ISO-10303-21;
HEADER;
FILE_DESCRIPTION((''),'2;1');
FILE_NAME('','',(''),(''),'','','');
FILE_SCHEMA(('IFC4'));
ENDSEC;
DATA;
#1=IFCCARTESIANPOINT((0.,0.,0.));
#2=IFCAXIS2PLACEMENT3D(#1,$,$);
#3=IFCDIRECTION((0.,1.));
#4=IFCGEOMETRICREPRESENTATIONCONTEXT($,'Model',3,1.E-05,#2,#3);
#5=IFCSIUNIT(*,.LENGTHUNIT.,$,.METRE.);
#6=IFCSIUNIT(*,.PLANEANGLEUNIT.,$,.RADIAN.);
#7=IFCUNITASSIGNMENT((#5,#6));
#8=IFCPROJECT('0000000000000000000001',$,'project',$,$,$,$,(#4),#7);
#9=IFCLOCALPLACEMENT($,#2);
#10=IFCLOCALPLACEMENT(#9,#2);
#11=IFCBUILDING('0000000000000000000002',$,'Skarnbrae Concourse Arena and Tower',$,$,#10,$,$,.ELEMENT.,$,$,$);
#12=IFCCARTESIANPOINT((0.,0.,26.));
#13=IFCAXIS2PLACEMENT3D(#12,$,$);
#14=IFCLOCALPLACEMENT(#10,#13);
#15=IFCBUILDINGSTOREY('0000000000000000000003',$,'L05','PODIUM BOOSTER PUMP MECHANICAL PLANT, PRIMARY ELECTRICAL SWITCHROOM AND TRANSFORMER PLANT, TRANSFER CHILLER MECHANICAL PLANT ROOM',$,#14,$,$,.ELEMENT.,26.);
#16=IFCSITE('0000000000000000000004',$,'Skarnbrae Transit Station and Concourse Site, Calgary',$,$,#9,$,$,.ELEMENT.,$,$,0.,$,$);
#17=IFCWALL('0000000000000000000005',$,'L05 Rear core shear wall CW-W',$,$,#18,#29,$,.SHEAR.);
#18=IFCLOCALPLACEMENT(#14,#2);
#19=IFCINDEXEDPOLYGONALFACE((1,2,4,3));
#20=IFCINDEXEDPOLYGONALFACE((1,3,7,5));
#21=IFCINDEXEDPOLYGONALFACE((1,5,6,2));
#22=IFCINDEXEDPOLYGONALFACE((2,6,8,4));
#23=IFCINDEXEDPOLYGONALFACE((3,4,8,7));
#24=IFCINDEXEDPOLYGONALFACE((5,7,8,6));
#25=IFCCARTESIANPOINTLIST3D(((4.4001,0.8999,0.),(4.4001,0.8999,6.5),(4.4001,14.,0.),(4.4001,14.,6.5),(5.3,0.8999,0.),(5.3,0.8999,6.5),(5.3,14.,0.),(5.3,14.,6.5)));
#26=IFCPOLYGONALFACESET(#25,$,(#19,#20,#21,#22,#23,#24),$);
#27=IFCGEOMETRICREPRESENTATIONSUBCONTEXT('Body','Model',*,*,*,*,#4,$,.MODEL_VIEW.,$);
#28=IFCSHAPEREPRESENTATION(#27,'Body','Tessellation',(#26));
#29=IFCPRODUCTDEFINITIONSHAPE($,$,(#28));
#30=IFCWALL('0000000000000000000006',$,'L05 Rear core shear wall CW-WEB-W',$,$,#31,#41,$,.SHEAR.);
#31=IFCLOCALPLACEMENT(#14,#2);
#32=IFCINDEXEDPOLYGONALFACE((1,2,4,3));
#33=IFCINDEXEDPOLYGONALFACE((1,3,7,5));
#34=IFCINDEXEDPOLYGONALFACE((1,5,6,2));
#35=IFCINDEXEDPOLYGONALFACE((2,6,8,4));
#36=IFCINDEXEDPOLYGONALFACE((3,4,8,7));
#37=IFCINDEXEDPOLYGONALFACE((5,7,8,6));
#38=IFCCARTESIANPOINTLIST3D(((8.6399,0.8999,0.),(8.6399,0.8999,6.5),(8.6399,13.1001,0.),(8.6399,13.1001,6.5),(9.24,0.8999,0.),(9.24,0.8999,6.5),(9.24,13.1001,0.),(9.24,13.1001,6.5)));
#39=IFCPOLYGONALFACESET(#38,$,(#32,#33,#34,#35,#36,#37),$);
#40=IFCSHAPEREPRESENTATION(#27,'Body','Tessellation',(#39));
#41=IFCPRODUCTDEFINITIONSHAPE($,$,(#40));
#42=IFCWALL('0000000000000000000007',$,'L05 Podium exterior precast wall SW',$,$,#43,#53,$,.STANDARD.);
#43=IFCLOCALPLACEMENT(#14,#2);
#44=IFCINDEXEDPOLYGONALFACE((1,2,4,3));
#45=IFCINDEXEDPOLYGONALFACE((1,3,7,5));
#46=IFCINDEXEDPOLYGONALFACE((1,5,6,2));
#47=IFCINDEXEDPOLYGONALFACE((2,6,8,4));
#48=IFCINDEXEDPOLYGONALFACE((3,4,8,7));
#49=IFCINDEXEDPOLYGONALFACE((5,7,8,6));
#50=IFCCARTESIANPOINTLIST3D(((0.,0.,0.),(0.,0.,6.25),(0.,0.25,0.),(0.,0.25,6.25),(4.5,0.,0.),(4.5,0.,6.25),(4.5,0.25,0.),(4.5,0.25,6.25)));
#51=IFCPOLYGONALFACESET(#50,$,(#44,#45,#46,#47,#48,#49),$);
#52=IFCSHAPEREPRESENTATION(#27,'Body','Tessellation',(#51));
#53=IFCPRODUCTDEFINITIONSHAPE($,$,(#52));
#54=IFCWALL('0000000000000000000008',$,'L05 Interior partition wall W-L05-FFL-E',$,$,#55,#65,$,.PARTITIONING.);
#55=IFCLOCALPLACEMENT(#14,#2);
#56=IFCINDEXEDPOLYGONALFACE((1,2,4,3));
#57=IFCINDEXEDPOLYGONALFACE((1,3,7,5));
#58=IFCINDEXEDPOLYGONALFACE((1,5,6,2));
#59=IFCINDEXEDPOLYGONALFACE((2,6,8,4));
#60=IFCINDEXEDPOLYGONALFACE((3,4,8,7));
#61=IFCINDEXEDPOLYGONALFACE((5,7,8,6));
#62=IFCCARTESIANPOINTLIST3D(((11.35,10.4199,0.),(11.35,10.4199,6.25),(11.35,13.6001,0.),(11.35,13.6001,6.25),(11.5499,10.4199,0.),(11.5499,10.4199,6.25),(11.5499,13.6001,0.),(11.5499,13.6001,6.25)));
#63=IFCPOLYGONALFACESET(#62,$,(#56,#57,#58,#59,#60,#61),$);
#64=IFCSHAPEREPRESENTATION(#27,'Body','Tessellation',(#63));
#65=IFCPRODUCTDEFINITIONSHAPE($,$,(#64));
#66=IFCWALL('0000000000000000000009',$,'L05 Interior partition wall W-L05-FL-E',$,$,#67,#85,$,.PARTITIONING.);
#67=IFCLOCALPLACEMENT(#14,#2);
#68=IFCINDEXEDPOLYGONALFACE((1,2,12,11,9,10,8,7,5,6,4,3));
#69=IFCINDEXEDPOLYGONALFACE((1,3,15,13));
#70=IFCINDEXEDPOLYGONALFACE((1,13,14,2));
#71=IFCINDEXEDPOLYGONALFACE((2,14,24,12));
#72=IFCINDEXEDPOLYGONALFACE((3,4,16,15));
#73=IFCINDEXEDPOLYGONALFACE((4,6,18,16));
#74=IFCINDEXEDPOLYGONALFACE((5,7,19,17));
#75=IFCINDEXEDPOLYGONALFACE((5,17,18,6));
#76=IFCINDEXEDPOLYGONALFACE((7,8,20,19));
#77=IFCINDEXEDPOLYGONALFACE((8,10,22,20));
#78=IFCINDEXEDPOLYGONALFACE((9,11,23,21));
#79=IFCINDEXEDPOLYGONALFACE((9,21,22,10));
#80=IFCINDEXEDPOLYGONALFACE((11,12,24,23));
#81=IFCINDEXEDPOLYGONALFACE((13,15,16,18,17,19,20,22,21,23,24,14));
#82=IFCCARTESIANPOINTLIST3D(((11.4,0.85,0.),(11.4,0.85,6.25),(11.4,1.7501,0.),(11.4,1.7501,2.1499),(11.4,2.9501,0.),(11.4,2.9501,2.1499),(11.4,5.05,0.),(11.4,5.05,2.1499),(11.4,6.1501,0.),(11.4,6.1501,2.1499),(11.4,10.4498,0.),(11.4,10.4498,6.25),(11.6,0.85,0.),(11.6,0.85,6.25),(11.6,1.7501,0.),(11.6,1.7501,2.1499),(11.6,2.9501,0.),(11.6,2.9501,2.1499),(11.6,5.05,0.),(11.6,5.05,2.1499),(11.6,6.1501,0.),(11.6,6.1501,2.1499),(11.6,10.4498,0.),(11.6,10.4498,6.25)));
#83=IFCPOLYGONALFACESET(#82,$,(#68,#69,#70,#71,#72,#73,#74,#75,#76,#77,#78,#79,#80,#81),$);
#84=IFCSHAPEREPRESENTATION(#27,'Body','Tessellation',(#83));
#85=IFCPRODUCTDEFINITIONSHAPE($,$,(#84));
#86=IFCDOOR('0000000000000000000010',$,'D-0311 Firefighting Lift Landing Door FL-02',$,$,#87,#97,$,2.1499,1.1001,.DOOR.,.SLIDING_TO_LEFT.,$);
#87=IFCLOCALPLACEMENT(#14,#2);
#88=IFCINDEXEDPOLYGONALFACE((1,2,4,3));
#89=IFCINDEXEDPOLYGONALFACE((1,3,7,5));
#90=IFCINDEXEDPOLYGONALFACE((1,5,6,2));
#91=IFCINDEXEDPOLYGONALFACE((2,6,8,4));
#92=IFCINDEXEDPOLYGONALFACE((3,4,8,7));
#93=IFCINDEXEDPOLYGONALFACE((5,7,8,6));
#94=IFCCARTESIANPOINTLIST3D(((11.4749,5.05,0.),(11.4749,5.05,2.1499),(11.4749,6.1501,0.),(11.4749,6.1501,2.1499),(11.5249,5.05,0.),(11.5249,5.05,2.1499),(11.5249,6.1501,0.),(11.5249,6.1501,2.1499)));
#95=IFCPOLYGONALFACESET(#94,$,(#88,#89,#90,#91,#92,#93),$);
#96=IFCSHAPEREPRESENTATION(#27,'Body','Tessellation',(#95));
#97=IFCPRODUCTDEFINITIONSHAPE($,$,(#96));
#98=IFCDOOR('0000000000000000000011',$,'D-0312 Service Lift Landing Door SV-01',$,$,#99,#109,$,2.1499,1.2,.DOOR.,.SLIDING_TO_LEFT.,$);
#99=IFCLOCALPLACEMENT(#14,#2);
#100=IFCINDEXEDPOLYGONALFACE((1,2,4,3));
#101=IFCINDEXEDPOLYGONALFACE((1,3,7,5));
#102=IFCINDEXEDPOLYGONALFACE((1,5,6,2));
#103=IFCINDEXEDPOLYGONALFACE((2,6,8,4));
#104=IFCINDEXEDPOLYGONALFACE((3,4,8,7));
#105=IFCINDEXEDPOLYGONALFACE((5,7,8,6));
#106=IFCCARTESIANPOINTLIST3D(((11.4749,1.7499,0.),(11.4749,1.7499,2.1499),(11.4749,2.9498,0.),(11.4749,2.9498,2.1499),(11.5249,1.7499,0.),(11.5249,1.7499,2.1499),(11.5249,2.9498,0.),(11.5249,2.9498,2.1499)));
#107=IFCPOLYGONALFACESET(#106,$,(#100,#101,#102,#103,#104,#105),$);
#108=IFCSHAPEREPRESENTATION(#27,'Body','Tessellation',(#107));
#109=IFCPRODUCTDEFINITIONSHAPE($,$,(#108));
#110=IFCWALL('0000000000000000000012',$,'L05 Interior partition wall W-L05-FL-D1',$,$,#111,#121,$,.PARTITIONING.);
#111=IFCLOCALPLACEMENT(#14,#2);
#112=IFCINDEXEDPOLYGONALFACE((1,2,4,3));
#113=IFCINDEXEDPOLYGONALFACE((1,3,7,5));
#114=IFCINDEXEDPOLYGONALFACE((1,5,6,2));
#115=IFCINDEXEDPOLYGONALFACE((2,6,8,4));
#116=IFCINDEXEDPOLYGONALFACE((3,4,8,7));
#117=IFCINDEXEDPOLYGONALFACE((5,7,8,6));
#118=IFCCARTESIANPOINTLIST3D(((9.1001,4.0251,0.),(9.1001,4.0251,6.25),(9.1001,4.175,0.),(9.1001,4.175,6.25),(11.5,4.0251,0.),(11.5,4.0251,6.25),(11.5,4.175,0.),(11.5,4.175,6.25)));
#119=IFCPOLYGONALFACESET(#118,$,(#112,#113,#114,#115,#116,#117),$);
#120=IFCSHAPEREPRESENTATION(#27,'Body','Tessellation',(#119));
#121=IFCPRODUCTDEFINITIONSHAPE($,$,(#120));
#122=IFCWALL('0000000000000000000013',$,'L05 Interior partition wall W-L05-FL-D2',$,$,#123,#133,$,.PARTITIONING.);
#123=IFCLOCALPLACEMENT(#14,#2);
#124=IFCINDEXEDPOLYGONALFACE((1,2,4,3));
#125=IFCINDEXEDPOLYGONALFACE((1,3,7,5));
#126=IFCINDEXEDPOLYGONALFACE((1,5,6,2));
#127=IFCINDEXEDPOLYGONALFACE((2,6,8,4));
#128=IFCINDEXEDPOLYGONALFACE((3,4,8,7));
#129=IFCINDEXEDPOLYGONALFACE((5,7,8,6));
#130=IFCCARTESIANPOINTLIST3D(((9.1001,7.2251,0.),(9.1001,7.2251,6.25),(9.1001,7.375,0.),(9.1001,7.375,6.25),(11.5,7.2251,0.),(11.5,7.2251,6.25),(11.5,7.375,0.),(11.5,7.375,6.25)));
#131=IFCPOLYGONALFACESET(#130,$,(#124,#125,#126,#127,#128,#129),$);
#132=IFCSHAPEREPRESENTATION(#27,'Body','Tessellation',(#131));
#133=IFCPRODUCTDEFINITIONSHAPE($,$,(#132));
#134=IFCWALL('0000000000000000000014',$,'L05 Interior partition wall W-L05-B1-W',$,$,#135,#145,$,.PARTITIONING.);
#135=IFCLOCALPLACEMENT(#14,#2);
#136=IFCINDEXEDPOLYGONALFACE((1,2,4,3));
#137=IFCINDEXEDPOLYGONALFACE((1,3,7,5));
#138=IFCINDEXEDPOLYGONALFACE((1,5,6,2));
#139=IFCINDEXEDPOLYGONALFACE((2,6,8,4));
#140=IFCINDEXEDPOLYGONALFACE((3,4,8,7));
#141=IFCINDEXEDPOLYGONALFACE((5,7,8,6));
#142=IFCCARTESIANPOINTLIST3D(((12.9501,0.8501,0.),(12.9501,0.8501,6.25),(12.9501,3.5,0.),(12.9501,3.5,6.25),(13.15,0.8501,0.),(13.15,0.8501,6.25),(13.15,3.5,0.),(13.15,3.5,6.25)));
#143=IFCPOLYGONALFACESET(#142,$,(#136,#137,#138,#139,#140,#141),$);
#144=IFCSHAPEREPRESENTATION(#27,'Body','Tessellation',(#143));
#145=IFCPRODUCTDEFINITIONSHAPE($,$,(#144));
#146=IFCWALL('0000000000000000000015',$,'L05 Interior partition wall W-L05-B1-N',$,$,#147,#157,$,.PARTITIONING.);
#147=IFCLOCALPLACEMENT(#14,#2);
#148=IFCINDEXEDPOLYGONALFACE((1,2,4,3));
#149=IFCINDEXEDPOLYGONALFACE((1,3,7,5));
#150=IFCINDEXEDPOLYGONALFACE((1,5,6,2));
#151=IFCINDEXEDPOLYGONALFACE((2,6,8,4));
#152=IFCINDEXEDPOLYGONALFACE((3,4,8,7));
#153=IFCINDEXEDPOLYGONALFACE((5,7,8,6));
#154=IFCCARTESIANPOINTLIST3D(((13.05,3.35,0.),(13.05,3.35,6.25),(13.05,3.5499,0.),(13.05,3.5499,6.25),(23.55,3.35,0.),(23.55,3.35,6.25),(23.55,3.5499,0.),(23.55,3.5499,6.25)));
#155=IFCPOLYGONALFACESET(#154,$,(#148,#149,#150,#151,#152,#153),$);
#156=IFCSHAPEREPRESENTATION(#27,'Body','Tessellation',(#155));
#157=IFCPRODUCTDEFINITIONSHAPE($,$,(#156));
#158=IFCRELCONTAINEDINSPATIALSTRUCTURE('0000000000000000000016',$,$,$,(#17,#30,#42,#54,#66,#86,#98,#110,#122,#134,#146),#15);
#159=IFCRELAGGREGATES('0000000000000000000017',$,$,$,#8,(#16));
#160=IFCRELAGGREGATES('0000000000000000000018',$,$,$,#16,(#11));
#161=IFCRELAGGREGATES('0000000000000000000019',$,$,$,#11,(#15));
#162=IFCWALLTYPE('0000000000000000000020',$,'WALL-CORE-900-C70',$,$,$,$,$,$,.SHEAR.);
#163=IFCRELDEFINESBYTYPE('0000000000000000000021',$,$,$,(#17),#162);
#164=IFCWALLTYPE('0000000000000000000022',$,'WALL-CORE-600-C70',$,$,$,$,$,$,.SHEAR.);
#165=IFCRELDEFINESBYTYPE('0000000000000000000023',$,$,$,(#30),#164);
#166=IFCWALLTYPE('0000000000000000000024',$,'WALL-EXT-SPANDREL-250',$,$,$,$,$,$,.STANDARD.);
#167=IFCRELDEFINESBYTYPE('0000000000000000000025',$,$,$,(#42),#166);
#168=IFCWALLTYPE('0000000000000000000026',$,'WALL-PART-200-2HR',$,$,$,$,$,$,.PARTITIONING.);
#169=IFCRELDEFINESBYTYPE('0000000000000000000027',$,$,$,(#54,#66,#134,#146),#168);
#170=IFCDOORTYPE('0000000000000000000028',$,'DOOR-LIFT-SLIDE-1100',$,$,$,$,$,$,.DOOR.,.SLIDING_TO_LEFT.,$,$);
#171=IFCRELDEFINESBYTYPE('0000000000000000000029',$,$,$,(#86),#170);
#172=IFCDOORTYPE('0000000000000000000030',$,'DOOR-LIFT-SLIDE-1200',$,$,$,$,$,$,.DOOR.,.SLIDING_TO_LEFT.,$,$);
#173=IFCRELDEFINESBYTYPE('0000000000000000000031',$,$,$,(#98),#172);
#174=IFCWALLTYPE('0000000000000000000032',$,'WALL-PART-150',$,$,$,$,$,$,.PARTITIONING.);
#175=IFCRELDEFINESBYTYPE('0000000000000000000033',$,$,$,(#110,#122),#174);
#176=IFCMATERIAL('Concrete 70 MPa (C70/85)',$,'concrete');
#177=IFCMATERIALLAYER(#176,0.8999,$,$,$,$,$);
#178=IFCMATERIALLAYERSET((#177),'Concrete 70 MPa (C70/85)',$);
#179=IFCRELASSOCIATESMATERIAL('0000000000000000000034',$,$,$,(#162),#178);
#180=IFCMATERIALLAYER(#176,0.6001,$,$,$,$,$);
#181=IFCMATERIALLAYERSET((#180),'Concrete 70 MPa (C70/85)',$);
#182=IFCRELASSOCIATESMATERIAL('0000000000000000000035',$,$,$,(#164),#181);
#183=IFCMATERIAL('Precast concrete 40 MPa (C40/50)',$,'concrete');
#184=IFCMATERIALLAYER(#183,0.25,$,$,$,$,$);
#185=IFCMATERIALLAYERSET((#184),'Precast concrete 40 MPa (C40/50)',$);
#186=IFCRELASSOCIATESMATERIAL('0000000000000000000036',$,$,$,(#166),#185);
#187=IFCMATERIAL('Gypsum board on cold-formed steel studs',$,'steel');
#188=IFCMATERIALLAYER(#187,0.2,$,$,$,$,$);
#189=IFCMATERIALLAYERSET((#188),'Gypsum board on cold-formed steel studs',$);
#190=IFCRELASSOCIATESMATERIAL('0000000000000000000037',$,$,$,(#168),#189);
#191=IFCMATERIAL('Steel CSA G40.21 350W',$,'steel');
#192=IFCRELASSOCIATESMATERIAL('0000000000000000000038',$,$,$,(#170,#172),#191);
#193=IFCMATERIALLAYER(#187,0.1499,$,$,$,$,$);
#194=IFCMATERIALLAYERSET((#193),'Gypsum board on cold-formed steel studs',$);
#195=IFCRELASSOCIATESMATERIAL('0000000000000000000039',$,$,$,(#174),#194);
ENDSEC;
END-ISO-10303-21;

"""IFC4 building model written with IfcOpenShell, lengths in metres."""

from ifc_helpers import new_model, si_unit, direction, frame, frame_2d, origin, place, context, subcontext, project, spatial, rectangle, extrude, source, transform, mapped, material, layer, layer_set, type_object, element, fill, save


model = new_model("IFC4")

# Units and contexts
model_context = context("Model", 3, precision=1e-05, world=origin(), true_north=direction((0.0, 1.0)))
body_context = subcontext(model_context, "Body", "Model", "MODEL_VIEW")
ifc_project = project(units=[si_unit("LENGTHUNIT", "METRE"), si_unit("PLANEANGLEUNIT", "RADIAN")], contexts=[model_context])

# Site, building, storey
site_placement = place(None, origin())
site = spatial("IfcSite", under=ifc_project, at=site_placement, Name="Skarnbrae Transit Station and Concourse Site, Calgary", CompositionType="ELEMENT", RefElevation=0.0)
building_placement = place(site_placement, origin())
building = spatial("IfcBuilding", under=site, at=building_placement, Name="Skarnbrae Concourse Arena and Tower", CompositionType="ELEMENT")
storey_placement = place(building_placement, frame((0.0, 0.0, 26.0)))
storey = spatial("IfcBuildingStorey", under=building, at=storey_placement, Name="L05", Description="PODIUM BOOSTER PUMP MECHANICAL PLANT, PRIMARY ELECTRICAL SWITCHROOM AND TRANSFORMER PLANT, TRANSFER CHILLER MECHANICAL PLANT ROOM", CompositionType="ELEMENT", Elevation=26.0)

# Shared definitions
ifc_material_1 = material(Name="Steel CSA G40.21 350W", Category="steel")

# Walls
ifc_material_2 = material(Name="Concrete 70 MPa (C70/85)", Category="concrete")
ifc_layer_1 = layer(ifc_material_2, 0.8999)
ifc_layer_set_1 = layer_set([ifc_layer_1], Name="Concrete 70 MPa (C70/85)")
wall_type_1 = type_object("IfcWallType", Name="WALL-CORE-900-C70", PredefinedType="SHEAR", material=ifc_layer_set_1)
shared_shape_1 = source(origin(), body_context, "Body", "SweptSolid", [
    extrude(rectangle(XDim=13.1001, YDim=0.8999, at=frame_2d((6.55, 0.0))), origin(), (0.0, 0.0, 1.0), 6.5),
])
wall_1_placement = place(storey_placement, frame((4.8501, 0.8999, 0.0), z_axis=(0.0, 0.0, 1.0), x_axis=(0.0, 1.0, 0.0)))
element("IfcWall", 1, at=wall_1_placement, inside=storey, type_object=wall_type_1, Name="L05 Rear core shear wall CW-W", PredefinedType="SHEAR", context=body_context, shape_type="MappedRepresentation", body=[
    mapped(shared_shape_1, transform((0.0, 0.0, 0.0))),
])
ifc_layer_2 = layer(ifc_material_2, 0.6001)
ifc_layer_set_2 = layer_set([ifc_layer_2], Name="Concrete 70 MPa (C70/85)")
wall_type_2 = type_object("IfcWallType", Name="WALL-CORE-600-C70", PredefinedType="SHEAR", material=ifc_layer_set_2)
shared_shape_2 = source(origin(), body_context, "Body", "SweptSolid", [
    extrude(rectangle(XDim=12.2002, YDim=0.6001, at=frame_2d((6.1001, 0.0))), origin(), (0.0, 0.0, 1.0), 6.5),
])
wall_2_placement = place(storey_placement, frame((8.9399, 0.8999, 0.0), z_axis=(0.0, 0.0, 1.0), x_axis=(0.0, 1.0, 0.0)))
element("IfcWall", 2, at=wall_2_placement, inside=storey, type_object=wall_type_2, Name="L05 Rear core shear wall CW-WEB-W", PredefinedType="SHEAR", context=body_context, shape_type="MappedRepresentation", body=[
    mapped(shared_shape_2, transform((0.0, 0.0, 0.0))),
])

# Shared definitions
shared_shape_3 = source(origin(), body_context, "Body", "SweptSolid", [
    extrude(rectangle(XDim=1.1001, YDim=2.1499, at=frame_2d((0.55, 1.075))), frame((0.0, 0.0249, 0.0), z_axis=(0.0, -1.0, 0.0), x_axis=(1.0, 0.0, 0.0)), (0.0, 0.0, 1.0), 0.05),
])

# Walls
ifc_material_3 = material(Name="Precast concrete 40 MPa (C40/50)", Category="concrete")
ifc_layer_3 = layer(ifc_material_3, 0.25)
ifc_layer_set_3 = layer_set([ifc_layer_3], Name="Precast concrete 40 MPa (C40/50)")
wall_type_3 = type_object("IfcWallType", Name="WALL-EXT-SPANDREL-250", PredefinedType="STANDARD", material=ifc_layer_set_3)
shared_shape_4 = source(origin(), body_context, "Body", "SweptSolid", [
    extrude(rectangle(XDim=4.5, YDim=0.25, at=frame_2d((2.25, 0.0))), origin(), (0.0, 0.0, 1.0), 6.25),
])
wall_3_placement = place(storey_placement, frame((0.0, 0.125, 0.0), z_axis=(0.0, 0.0, 1.0), x_axis=(1.0, 0.0, 0.0)))
element("IfcWall", 3, at=wall_3_placement, inside=storey, type_object=wall_type_3, Name="L05 Podium exterior precast wall SW", PredefinedType="STANDARD", context=body_context, shape_type="MappedRepresentation", body=[
    mapped(shared_shape_4, transform((0.0, 0.0, 0.0))),
])
ifc_material_4 = material(Name="Gypsum board on cold-formed steel studs", Category="steel")
ifc_layer_4 = layer(ifc_material_4, 0.2)
ifc_layer_set_4 = layer_set([ifc_layer_4], Name="Gypsum board on cold-formed steel studs")
wall_type_4 = type_object("IfcWallType", Name="WALL-PART-200-2HR", PredefinedType="PARTITIONING", material=ifc_layer_set_4)
shared_shape_5 = source(origin(), body_context, "Body", "SweptSolid", [
    extrude(rectangle(XDim=3.1802, YDim=0.2, at=frame_2d((1.5901, 0.0))), origin(), (0.0, 0.0, 1.0), 6.25),
])
wall_4_placement = place(storey_placement, frame((11.45, 10.4199, 0.0), z_axis=(0.0, 0.0, 1.0), x_axis=(0.0, 1.0, 0.0)))
element("IfcWall", 4, at=wall_4_placement, inside=storey, type_object=wall_type_4, Name="L05 Interior partition wall W-L05-FFL-E", PredefinedType="PARTITIONING", context=body_context, shape_type="MappedRepresentation", body=[
    mapped(shared_shape_5, transform((0.0, 0.0, 0.0))),
])

# Wall, openings, doors
shared_shape_6 = source(origin(), body_context, "Body", "SweptSolid", [
    extrude(rectangle(XDim=9.5999, YDim=0.2, at=frame_2d((4.7998, 0.0))), origin(), (0.0, 0.0, 1.0), 6.25),
])
wall_5_placement = place(storey_placement, frame((11.5, 0.8501, 0.0), z_axis=(0.0, 0.0, 1.0), x_axis=(0.0, 1.0, 0.0)))
wall_5 = element("IfcWall", 5, at=wall_5_placement, inside=storey, type_object=wall_type_4, Name="L05 Interior partition wall W-L05-FL-E", PredefinedType="PARTITIONING", context=body_context, shape_type="MappedRepresentation", body=[
    mapped(shared_shape_6, transform((0.0, 0.0, 0.0))),
])
opening_1_placement = place(wall_5_placement, frame((4.2, 0.0, 0.0)))
opening_1 = element("IfcOpeningElement", 6, at=opening_1_placement, cuts=wall_5, PredefinedType="OPENING", context=body_context, shape_type="SweptSolid", body=[
    extrude(rectangle(XDim=1.1001, YDim=2.1499, at=frame_2d((0.55, 1.075))), frame((0.0, 0.1099, 0.0), z_axis=(0.0, -1.0, 0.0), x_axis=(1.0, 0.0, 0.0)), (0.0, 0.0, 1.0), 0.22),
])
opening_2_placement = place(wall_5_placement, frame((0.8999, 0.0, 0.0)))
opening_2 = element("IfcOpeningElement", 7, at=opening_2_placement, cuts=wall_5, PredefinedType="OPENING", context=body_context, shape_type="SweptSolid", body=[
    extrude(rectangle(XDim=1.2, YDim=2.1499, at=frame_2d((0.6001, 1.075))), frame((0.0, 0.1099, 0.0), z_axis=(0.0, -1.0, 0.0), x_axis=(1.0, 0.0, 0.0)), (0.0, 0.0, 1.0), 0.22),
])
door_type_1 = type_object("IfcDoorType", Name="DOOR-LIFT-SLIDE-1100", OperationType="SLIDING_TO_LEFT", PredefinedType="DOOR", material=ifc_material_1)
door_1_placement = place(opening_1_placement, frame((1.1001, 0.0, 0.0), z_axis=(0.0, 0.0, 1.0), x_axis=(-1.0, 0.0, 0.0)))
door_1 = element("IfcDoor", 8, at=door_1_placement, inside=storey, type_object=door_type_1, Name="D-0311 Firefighting Lift Landing Door FL-02", OperationType="SLIDING_TO_LEFT", OverallHeight=2.1499, OverallWidth=1.1001, PredefinedType="DOOR", context=body_context, shape_type="MappedRepresentation", body=[
    mapped(shared_shape_3, transform((0.0, 0.0, 0.0))),
])
fill(opening_1, door_1)
door_type_2 = type_object("IfcDoorType", Name="DOOR-LIFT-SLIDE-1200", OperationType="SLIDING_TO_LEFT", PredefinedType="DOOR", material=ifc_material_1)
shared_shape_7 = source(origin(), body_context, "Body", "SweptSolid", [
    extrude(rectangle(XDim=1.2, YDim=2.1499, at=frame_2d((0.6001, 1.075))), frame((0.0, 0.0249, 0.0), z_axis=(0.0, -1.0, 0.0), x_axis=(1.0, 0.0, 0.0)), (0.0, 0.0, 1.0), 0.05),
])
door_2_placement = place(opening_2_placement, frame((1.2, 0.0, 0.0), z_axis=(0.0, 0.0, 1.0), x_axis=(-1.0, 0.0, 0.0)))
door_2 = element("IfcDoor", 9, at=door_2_placement, inside=storey, type_object=door_type_2, Name="D-0312 Service Lift Landing Door SV-01", OperationType="SLIDING_TO_LEFT", OverallHeight=2.1499, OverallWidth=1.2, PredefinedType="DOOR", context=body_context, shape_type="MappedRepresentation", body=[
    mapped(shared_shape_7, transform((0.0, 0.0, 0.0))),
])
fill(opening_2, door_2)

# Walls
ifc_layer_5 = layer(ifc_material_4, 0.1499)
ifc_layer_set_5 = layer_set([ifc_layer_5], Name="Gypsum board on cold-formed steel studs")
wall_type_5 = type_object("IfcWallType", Name="WALL-PART-150", PredefinedType="PARTITIONING", material=ifc_layer_set_5)
shared_shape_8 = source(origin(), body_context, "Body", "SweptSolid", [
    extrude(rectangle(XDim=2.3999, YDim=0.1499, at=frame_2d((1.2, 0.0))), origin(), (0.0, 0.0, 1.0), 6.25),
])
for number, where, z_axis, x_axis, name in (
    (10, (9.1001, 4.1001, 0.0), (0.0, 0.0, 1.0), (1.0, 0.0, 0.0), "L05 Interior partition wall W-L05-FL-D1"),
    (11, (9.1001, 7.3, 0.0), (0.0, 0.0, 1.0), (1.0, 0.0, 0.0), "L05 Interior partition wall W-L05-FL-D2"),
):
    element("IfcWall", number, at=place(storey_placement, frame(where, z_axis=z_axis, x_axis=x_axis)), inside=storey, type_object=wall_type_5, Name=name, PredefinedType="PARTITIONING", context=body_context, shape_type="MappedRepresentation", body=[
        mapped(shared_shape_8, transform((0.0, 0.0, 0.0))),
    ])
shared_shape_9 = source(origin(), body_context, "Body", "SweptSolid", [
    extrude(rectangle(XDim=2.6499, YDim=0.2, at=frame_2d((1.325, 0.0))), origin(), (0.0, 0.0, 1.0), 6.25),
])
wall_6_placement = place(storey_placement, frame((13.05, 0.8501, 0.0), z_axis=(0.0, 0.0, 1.0), x_axis=(0.0, 1.0, 0.0)))
element("IfcWall", 12, at=wall_6_placement, inside=storey, type_object=wall_type_4, Name="L05 Interior partition wall W-L05-B1-W", PredefinedType="PARTITIONING", context=body_context, shape_type="MappedRepresentation", body=[
    mapped(shared_shape_9, transform((0.0, 0.0, 0.0))),
])
shared_shape_10 = source(origin(), body_context, "Body", "SweptSolid", [
    extrude(rectangle(XDim=10.5, YDim=0.2, at=frame_2d((5.25, 0.0))), origin(), (0.0, 0.0, 1.0), 6.25),
])
wall_7_placement = place(storey_placement, frame((13.05, 3.45, 0.0), z_axis=(0.0, 0.0, 1.0), x_axis=(1.0, 0.0, 0.0)))
element("IfcWall", 13, at=wall_7_placement, inside=storey, type_object=wall_type_4, Name="L05 Interior partition wall W-L05-B1-N", PredefinedType="PARTITIONING", context=body_context, shape_type="MappedRepresentation", body=[
    mapped(shared_shape_10, transform((0.0, 0.0, 0.0))),
])

save(model, "model.ifc")
